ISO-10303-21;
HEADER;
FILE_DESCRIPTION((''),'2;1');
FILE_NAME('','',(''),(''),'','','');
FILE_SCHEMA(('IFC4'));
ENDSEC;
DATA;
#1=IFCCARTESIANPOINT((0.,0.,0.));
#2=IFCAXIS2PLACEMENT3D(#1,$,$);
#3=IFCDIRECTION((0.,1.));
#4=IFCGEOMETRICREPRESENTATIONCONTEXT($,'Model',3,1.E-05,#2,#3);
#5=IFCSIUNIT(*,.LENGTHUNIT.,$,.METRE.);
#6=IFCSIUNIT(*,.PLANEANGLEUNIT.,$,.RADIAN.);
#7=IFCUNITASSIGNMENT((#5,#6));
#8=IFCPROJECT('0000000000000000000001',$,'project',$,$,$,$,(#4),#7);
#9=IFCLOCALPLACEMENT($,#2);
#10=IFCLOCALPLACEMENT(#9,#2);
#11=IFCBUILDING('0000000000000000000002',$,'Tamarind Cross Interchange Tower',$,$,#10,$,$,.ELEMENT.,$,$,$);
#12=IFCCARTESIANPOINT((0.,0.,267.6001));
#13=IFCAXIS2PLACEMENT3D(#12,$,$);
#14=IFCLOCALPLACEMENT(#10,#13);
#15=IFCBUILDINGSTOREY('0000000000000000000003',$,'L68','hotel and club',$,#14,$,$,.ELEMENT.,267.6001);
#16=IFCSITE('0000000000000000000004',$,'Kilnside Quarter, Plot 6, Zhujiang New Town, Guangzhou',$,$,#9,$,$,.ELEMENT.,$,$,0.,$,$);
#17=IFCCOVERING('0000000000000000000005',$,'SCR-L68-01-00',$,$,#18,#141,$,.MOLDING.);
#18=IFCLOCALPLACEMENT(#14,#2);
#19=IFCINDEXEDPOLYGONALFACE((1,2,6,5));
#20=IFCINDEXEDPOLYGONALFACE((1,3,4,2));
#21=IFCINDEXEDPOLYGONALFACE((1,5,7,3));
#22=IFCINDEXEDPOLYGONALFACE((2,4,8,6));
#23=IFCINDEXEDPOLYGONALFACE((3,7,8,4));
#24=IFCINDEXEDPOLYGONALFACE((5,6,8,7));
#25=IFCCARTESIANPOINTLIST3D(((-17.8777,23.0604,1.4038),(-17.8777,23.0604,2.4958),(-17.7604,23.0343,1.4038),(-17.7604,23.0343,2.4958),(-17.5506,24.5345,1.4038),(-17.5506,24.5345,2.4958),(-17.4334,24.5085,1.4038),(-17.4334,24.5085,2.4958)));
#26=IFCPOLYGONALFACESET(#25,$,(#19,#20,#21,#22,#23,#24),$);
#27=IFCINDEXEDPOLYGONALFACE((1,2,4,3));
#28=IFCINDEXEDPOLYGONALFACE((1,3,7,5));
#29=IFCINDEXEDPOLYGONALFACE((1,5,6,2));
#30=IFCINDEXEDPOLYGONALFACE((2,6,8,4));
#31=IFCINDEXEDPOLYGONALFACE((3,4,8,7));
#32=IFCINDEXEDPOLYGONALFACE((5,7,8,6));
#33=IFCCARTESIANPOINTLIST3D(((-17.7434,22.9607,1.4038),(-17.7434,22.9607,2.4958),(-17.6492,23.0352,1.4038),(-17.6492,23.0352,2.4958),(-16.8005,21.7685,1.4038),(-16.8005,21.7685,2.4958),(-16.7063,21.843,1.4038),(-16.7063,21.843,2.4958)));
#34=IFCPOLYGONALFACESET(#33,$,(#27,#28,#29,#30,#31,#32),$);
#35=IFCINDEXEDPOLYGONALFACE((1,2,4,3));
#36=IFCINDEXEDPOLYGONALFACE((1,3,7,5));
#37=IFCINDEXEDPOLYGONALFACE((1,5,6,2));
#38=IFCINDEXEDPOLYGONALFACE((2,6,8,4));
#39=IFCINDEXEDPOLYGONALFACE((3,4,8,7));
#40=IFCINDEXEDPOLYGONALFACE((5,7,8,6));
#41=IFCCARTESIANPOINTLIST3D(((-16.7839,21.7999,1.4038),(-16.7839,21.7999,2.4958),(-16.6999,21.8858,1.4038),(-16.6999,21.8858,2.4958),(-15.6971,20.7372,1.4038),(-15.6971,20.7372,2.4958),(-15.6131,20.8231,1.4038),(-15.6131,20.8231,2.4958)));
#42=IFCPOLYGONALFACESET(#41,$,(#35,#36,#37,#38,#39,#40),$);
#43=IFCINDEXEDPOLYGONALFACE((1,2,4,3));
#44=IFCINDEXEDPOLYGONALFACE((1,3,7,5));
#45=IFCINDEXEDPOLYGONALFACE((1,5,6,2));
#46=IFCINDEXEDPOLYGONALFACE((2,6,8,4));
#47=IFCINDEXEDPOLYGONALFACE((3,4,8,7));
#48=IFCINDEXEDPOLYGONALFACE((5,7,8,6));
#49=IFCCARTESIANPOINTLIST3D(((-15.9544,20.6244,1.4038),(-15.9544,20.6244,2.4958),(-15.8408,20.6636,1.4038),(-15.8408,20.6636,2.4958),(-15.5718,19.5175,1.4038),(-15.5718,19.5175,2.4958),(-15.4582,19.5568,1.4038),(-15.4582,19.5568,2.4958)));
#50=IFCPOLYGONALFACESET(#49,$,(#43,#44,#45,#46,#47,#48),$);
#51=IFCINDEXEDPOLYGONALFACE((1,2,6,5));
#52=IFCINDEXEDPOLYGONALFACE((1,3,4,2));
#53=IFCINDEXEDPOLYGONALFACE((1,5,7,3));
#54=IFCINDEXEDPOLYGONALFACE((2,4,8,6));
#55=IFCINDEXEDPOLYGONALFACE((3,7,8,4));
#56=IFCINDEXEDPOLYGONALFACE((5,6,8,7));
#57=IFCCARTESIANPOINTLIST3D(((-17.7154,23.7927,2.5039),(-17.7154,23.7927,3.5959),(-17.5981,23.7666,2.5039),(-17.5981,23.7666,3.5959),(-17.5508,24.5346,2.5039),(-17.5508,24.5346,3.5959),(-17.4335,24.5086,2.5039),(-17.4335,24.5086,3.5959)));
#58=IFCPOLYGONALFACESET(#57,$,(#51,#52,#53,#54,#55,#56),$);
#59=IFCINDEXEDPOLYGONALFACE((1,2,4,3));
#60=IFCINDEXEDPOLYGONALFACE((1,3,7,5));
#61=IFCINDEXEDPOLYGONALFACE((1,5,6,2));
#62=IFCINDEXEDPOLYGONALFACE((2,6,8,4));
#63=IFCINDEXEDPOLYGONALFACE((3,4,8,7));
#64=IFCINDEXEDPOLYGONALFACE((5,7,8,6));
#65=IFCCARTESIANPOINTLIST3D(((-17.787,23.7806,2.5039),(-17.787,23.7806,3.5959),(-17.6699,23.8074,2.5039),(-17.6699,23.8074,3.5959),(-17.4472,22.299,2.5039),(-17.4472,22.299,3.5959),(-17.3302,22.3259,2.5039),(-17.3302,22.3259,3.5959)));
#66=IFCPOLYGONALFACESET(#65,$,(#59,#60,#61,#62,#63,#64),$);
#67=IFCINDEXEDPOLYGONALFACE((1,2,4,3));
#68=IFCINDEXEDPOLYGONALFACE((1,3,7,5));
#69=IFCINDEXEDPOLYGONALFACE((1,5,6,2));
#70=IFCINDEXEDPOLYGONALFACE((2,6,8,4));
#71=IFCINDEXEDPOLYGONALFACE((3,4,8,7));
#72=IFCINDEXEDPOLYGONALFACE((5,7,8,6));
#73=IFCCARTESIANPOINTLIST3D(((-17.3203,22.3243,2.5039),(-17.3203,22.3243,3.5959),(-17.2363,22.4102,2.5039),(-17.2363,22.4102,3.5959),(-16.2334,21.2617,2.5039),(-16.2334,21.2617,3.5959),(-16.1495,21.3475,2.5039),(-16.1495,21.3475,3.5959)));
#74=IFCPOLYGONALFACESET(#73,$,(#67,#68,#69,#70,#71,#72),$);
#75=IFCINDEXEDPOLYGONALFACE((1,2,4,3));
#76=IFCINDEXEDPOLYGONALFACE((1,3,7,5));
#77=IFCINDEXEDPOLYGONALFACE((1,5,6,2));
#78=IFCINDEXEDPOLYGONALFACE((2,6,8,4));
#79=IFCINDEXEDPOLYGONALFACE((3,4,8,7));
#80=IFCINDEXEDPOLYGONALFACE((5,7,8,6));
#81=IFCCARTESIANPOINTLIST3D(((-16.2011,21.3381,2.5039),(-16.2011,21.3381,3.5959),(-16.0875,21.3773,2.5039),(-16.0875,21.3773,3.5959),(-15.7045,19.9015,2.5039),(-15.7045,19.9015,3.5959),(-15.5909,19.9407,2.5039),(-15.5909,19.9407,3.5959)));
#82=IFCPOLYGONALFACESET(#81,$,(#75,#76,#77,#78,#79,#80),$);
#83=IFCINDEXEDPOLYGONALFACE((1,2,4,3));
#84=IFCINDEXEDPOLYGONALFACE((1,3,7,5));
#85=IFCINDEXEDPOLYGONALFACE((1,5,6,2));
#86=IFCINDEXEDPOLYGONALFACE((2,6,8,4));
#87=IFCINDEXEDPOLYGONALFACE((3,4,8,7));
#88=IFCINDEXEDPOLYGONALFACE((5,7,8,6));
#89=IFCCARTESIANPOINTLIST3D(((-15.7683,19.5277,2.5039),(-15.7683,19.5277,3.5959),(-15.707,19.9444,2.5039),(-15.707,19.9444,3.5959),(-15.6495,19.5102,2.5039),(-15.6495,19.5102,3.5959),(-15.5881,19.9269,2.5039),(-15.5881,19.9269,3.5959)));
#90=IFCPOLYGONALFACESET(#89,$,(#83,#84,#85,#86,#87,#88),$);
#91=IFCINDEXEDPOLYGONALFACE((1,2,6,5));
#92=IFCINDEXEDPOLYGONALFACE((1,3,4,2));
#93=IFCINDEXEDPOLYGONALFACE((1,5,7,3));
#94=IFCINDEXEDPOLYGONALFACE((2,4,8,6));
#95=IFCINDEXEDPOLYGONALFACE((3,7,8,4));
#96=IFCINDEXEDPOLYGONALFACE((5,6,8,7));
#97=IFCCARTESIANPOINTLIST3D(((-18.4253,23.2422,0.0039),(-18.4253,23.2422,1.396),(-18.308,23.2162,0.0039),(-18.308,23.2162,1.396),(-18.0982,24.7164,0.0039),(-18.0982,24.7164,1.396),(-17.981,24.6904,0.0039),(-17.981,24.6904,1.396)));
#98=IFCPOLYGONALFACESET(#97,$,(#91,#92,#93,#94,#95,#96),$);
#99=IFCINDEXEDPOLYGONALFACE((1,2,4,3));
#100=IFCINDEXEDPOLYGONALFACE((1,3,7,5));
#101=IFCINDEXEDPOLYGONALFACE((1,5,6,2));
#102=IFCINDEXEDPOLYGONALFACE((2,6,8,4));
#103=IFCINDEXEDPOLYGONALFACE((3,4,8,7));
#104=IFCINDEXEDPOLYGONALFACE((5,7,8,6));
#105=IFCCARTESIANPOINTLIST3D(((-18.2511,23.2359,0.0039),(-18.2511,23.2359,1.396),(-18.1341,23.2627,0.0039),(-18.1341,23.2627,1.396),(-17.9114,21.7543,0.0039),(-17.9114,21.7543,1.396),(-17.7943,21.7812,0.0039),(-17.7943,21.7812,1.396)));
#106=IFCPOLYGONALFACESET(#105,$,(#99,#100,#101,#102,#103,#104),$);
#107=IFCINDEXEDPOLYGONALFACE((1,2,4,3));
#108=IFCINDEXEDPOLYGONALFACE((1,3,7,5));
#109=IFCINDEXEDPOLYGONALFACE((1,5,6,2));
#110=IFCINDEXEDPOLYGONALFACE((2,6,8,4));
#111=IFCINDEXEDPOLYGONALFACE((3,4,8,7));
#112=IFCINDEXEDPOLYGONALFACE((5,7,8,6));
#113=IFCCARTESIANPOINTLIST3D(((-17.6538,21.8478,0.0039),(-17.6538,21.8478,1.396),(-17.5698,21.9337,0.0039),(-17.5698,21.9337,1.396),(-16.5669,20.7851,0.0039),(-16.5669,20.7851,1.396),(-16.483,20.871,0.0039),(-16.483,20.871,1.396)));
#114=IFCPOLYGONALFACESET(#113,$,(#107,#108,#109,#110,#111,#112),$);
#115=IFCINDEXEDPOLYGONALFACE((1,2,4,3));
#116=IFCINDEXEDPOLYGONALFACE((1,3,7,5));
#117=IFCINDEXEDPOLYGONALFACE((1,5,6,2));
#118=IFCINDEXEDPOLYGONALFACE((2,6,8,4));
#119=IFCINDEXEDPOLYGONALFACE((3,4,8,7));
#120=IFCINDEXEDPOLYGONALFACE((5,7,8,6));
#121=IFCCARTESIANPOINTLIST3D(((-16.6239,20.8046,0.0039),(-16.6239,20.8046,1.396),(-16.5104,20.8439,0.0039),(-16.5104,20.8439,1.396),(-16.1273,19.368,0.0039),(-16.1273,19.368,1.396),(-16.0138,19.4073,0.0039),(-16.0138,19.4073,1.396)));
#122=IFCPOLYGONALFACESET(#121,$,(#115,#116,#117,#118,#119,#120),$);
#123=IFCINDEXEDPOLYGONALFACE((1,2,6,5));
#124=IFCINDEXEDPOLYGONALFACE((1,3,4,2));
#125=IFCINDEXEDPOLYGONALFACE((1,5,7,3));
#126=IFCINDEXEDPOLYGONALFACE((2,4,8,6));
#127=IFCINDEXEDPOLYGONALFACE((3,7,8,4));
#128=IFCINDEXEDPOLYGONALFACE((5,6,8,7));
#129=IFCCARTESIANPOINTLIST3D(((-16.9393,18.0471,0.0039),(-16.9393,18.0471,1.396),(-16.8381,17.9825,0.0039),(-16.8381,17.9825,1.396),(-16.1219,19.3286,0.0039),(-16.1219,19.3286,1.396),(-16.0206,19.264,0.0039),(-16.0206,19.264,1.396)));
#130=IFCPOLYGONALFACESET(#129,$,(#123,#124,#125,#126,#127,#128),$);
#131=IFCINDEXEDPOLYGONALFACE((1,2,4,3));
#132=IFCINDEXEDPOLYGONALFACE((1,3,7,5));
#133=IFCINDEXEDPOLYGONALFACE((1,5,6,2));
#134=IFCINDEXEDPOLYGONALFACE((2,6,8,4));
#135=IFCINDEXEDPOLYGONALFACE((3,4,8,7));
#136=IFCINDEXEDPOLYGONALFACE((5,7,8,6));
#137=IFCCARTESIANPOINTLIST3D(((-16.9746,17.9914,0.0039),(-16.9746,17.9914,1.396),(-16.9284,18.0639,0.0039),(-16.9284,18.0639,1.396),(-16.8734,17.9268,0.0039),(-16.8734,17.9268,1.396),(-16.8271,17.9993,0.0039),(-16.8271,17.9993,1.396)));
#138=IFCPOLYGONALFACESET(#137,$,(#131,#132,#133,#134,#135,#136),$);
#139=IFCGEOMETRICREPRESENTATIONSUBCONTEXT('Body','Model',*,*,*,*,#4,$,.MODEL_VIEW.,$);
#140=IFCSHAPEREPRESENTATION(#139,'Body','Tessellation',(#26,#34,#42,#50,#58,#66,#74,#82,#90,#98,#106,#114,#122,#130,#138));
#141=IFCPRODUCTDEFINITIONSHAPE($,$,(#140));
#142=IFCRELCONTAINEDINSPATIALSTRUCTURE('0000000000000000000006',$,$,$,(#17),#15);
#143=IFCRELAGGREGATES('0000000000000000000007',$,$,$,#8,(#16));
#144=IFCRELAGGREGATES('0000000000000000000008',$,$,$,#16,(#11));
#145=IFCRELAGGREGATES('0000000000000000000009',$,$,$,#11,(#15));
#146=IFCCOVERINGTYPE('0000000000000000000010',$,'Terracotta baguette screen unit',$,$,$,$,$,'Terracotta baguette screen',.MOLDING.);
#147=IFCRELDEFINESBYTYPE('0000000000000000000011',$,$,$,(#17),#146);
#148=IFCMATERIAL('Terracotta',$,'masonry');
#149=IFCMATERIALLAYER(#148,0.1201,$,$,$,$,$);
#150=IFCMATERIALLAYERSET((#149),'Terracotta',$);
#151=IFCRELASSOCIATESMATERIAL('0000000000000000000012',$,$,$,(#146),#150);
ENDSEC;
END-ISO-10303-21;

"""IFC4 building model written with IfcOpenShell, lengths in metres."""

from ifc_helpers import new_model, si_unit, direction, frame, origin, origin_2d, place, context, subcontext, project, spatial, rectangle, extrude, material, layer, layer_set, type_object, element, save


model = new_model("IFC4")

# Units and contexts
model_context = context("Model", 3, precision=1e-05, world=origin(), true_north=direction((0.0, 1.0)))
body_context = subcontext(model_context, "Body", "Model", "MODEL_VIEW")
ifc_project = project(units=[si_unit("LENGTHUNIT", "METRE"), si_unit("PLANEANGLEUNIT", "RADIAN")], contexts=[model_context])

# Site, building, storey
site_placement = place(None, origin())
site = spatial("IfcSite", under=ifc_project, at=site_placement, Name="Kilnside Quarter, Plot 6, Zhujiang New Town, Guangzhou", CompositionType="ELEMENT", RefElevation=0.0)
building_placement = place(site_placement, origin())
building = spatial("IfcBuilding", under=site, at=building_placement, Name="Tamarind Cross Interchange Tower", CompositionType="ELEMENT")
storey_placement = place(building_placement, frame((0.0, 0.0, 267.6001)))
storey = spatial("IfcBuildingStorey", under=building, at=storey_placement, Name="L68", Description="hotel and club", CompositionType="ELEMENT", Elevation=267.6001)

# Covering
ifc_material_1 = material(Name="Terracotta", Category="masonry")
ifc_layer_1 = layer(ifc_material_1, 0.1201)
ifc_layer_set_1 = layer_set([ifc_layer_1], Name="Terracotta")
covering_type = type_object("IfcCoveringType", Name="Terracotta baguette screen unit", ElementType="Terracotta baguette screen", PredefinedType="MOLDING", material=ifc_layer_set_1)
covering_placement = place(storey_placement, origin())
element("IfcCovering", 1, at=covering_placement, inside=storey, type_object=covering_type, Name="SCR-L68-01-00", PredefinedType="MOLDING", context=body_context, shape_type="SweptSolid", body=[
    extrude(rectangle(XDim=1.51, YDim=0.1201, at=origin_2d()), frame((-17.6555, 23.7844, 1.4038), z_axis=(0.0, 0.0, 1.0), x_axis=(-0.2166, -0.97626, 0.0)), (0.0, 0.0, 1.0), 1.092),
    extrude(rectangle(XDim=1.52, YDim=0.1201, at=origin_2d()), frame((-17.2249, 22.4019, 1.4038), z_axis=(0.0, 0.0, 1.0), x_axis=(0.62036, -0.784317, 0.0)), (0.0, 0.0, 1.0), 1.092),
    extrude(rectangle(XDim=1.52, YDim=0.1201, at=origin_2d()), frame((-16.1985, 21.3115, 1.4038), z_axis=(0.0, 0.0, 1.0), x_axis=(0.715007, -0.699117, 0.0)), (0.0, 0.0, 1.0), 1.092),
    extrude(rectangle(XDim=1.1711, YDim=0.1201, at=origin_2d()), frame((-15.7063, 20.0906, 1.4038), z_axis=(0.0, 0.0, 1.0), x_axis=(0.326708, -0.945125, 0.0)), (0.0, 0.0, 1.0), 1.092),
    extrude(rectangle(XDim=0.76, YDim=0.1201, at=origin_2d()), frame((-17.5745, 24.1506, 2.5039), z_axis=(0.0, 0.0, 1.0), x_axis=(-0.2166, -0.97626, 0.0)), (0.0, 0.0, 1.0), 1.092),
    extrude(rectangle(XDim=1.52, YDim=0.1201, at=origin_2d()), frame((-17.5586, 23.0532, 2.5039), z_axis=(0.0, 0.0, 1.0), x_axis=(0.223531, -0.974697, 0.0)), (0.0, 0.0, 1.0), 1.092),
    extrude(rectangle(XDim=1.52, YDim=0.1201, at=origin_2d()), frame((-16.7349, 21.8359, 2.5039), z_axis=(0.0, 0.0, 1.0), x_axis=(0.715007, -0.699117, 0.0)), (0.0, 0.0, 1.0), 1.092),
    extrude(rectangle(XDim=1.52, YDim=0.1201, at=origin_2d()), frame((-15.896, 20.6394, 2.5039), z_axis=(0.0, 0.0, 1.0), x_axis=(0.326708, -0.945125, 0.0)), (0.0, 0.0, 1.0), 1.092),
    extrude(rectangle(XDim=0.4211, YDim=0.1201, at=origin_2d()), frame((-15.6782, 19.7273, 2.5039), z_axis=(0.0, 0.0, 1.0), x_axis=(-0.145657, -0.989335, 0.0)), (0.0, 0.0, 1.0), 1.092),
    extrude(rectangle(XDim=1.51, YDim=0.1201, at=origin_2d()), frame((-18.2031, 23.9663, 0.0039), z_axis=(0.0, 0.0, 1.0), x_axis=(-0.2166, -0.97626, 0.0)), (0.0, 0.0, 1.0), 1.3921),
    extrude(rectangle(XDim=1.52, YDim=0.1201, at=origin_2d()), frame((-18.0227, 22.5085, 0.0039), z_axis=(0.0, 0.0, 1.0), x_axis=(0.223531, -0.974697, 0.0)), (0.0, 0.0, 1.0), 1.3921),
    extrude(rectangle(XDim=1.52, YDim=0.1201, at=origin_2d()), frame((-17.0684, 21.3594, 0.0039), z_axis=(0.0, 0.0, 1.0), x_axis=(0.715007, -0.699117, 0.0)), (0.0, 0.0, 1.0), 1.3921),
    extrude(rectangle(XDim=1.52, YDim=0.1201, at=origin_2d()), frame((-16.3188, 20.106, 0.0039), z_axis=(0.0, 0.0, 1.0), x_axis=(0.326708, -0.945125, 0.0)), (0.0, 0.0, 1.0), 1.3921),
    extrude(rectangle(XDim=1.52, YDim=0.1201, at=origin_2d()), frame((-16.48, 18.6555, 0.0039), z_axis=(0.0, 0.0, 1.0), x_axis=(-0.537769, -0.843092, 0.0)), (0.0, 0.0, 1.0), 1.3921),
    extrude(rectangle(XDim=0.0859, YDim=0.1201, at=origin_2d()), frame((-16.9009, 17.9954, 0.0039), z_axis=(0.0, 0.0, 1.0), x_axis=(-0.537769, -0.843092, 0.0)), (0.0, 0.0, 1.0), 1.3921),
])

save(model, "model.ifc")
